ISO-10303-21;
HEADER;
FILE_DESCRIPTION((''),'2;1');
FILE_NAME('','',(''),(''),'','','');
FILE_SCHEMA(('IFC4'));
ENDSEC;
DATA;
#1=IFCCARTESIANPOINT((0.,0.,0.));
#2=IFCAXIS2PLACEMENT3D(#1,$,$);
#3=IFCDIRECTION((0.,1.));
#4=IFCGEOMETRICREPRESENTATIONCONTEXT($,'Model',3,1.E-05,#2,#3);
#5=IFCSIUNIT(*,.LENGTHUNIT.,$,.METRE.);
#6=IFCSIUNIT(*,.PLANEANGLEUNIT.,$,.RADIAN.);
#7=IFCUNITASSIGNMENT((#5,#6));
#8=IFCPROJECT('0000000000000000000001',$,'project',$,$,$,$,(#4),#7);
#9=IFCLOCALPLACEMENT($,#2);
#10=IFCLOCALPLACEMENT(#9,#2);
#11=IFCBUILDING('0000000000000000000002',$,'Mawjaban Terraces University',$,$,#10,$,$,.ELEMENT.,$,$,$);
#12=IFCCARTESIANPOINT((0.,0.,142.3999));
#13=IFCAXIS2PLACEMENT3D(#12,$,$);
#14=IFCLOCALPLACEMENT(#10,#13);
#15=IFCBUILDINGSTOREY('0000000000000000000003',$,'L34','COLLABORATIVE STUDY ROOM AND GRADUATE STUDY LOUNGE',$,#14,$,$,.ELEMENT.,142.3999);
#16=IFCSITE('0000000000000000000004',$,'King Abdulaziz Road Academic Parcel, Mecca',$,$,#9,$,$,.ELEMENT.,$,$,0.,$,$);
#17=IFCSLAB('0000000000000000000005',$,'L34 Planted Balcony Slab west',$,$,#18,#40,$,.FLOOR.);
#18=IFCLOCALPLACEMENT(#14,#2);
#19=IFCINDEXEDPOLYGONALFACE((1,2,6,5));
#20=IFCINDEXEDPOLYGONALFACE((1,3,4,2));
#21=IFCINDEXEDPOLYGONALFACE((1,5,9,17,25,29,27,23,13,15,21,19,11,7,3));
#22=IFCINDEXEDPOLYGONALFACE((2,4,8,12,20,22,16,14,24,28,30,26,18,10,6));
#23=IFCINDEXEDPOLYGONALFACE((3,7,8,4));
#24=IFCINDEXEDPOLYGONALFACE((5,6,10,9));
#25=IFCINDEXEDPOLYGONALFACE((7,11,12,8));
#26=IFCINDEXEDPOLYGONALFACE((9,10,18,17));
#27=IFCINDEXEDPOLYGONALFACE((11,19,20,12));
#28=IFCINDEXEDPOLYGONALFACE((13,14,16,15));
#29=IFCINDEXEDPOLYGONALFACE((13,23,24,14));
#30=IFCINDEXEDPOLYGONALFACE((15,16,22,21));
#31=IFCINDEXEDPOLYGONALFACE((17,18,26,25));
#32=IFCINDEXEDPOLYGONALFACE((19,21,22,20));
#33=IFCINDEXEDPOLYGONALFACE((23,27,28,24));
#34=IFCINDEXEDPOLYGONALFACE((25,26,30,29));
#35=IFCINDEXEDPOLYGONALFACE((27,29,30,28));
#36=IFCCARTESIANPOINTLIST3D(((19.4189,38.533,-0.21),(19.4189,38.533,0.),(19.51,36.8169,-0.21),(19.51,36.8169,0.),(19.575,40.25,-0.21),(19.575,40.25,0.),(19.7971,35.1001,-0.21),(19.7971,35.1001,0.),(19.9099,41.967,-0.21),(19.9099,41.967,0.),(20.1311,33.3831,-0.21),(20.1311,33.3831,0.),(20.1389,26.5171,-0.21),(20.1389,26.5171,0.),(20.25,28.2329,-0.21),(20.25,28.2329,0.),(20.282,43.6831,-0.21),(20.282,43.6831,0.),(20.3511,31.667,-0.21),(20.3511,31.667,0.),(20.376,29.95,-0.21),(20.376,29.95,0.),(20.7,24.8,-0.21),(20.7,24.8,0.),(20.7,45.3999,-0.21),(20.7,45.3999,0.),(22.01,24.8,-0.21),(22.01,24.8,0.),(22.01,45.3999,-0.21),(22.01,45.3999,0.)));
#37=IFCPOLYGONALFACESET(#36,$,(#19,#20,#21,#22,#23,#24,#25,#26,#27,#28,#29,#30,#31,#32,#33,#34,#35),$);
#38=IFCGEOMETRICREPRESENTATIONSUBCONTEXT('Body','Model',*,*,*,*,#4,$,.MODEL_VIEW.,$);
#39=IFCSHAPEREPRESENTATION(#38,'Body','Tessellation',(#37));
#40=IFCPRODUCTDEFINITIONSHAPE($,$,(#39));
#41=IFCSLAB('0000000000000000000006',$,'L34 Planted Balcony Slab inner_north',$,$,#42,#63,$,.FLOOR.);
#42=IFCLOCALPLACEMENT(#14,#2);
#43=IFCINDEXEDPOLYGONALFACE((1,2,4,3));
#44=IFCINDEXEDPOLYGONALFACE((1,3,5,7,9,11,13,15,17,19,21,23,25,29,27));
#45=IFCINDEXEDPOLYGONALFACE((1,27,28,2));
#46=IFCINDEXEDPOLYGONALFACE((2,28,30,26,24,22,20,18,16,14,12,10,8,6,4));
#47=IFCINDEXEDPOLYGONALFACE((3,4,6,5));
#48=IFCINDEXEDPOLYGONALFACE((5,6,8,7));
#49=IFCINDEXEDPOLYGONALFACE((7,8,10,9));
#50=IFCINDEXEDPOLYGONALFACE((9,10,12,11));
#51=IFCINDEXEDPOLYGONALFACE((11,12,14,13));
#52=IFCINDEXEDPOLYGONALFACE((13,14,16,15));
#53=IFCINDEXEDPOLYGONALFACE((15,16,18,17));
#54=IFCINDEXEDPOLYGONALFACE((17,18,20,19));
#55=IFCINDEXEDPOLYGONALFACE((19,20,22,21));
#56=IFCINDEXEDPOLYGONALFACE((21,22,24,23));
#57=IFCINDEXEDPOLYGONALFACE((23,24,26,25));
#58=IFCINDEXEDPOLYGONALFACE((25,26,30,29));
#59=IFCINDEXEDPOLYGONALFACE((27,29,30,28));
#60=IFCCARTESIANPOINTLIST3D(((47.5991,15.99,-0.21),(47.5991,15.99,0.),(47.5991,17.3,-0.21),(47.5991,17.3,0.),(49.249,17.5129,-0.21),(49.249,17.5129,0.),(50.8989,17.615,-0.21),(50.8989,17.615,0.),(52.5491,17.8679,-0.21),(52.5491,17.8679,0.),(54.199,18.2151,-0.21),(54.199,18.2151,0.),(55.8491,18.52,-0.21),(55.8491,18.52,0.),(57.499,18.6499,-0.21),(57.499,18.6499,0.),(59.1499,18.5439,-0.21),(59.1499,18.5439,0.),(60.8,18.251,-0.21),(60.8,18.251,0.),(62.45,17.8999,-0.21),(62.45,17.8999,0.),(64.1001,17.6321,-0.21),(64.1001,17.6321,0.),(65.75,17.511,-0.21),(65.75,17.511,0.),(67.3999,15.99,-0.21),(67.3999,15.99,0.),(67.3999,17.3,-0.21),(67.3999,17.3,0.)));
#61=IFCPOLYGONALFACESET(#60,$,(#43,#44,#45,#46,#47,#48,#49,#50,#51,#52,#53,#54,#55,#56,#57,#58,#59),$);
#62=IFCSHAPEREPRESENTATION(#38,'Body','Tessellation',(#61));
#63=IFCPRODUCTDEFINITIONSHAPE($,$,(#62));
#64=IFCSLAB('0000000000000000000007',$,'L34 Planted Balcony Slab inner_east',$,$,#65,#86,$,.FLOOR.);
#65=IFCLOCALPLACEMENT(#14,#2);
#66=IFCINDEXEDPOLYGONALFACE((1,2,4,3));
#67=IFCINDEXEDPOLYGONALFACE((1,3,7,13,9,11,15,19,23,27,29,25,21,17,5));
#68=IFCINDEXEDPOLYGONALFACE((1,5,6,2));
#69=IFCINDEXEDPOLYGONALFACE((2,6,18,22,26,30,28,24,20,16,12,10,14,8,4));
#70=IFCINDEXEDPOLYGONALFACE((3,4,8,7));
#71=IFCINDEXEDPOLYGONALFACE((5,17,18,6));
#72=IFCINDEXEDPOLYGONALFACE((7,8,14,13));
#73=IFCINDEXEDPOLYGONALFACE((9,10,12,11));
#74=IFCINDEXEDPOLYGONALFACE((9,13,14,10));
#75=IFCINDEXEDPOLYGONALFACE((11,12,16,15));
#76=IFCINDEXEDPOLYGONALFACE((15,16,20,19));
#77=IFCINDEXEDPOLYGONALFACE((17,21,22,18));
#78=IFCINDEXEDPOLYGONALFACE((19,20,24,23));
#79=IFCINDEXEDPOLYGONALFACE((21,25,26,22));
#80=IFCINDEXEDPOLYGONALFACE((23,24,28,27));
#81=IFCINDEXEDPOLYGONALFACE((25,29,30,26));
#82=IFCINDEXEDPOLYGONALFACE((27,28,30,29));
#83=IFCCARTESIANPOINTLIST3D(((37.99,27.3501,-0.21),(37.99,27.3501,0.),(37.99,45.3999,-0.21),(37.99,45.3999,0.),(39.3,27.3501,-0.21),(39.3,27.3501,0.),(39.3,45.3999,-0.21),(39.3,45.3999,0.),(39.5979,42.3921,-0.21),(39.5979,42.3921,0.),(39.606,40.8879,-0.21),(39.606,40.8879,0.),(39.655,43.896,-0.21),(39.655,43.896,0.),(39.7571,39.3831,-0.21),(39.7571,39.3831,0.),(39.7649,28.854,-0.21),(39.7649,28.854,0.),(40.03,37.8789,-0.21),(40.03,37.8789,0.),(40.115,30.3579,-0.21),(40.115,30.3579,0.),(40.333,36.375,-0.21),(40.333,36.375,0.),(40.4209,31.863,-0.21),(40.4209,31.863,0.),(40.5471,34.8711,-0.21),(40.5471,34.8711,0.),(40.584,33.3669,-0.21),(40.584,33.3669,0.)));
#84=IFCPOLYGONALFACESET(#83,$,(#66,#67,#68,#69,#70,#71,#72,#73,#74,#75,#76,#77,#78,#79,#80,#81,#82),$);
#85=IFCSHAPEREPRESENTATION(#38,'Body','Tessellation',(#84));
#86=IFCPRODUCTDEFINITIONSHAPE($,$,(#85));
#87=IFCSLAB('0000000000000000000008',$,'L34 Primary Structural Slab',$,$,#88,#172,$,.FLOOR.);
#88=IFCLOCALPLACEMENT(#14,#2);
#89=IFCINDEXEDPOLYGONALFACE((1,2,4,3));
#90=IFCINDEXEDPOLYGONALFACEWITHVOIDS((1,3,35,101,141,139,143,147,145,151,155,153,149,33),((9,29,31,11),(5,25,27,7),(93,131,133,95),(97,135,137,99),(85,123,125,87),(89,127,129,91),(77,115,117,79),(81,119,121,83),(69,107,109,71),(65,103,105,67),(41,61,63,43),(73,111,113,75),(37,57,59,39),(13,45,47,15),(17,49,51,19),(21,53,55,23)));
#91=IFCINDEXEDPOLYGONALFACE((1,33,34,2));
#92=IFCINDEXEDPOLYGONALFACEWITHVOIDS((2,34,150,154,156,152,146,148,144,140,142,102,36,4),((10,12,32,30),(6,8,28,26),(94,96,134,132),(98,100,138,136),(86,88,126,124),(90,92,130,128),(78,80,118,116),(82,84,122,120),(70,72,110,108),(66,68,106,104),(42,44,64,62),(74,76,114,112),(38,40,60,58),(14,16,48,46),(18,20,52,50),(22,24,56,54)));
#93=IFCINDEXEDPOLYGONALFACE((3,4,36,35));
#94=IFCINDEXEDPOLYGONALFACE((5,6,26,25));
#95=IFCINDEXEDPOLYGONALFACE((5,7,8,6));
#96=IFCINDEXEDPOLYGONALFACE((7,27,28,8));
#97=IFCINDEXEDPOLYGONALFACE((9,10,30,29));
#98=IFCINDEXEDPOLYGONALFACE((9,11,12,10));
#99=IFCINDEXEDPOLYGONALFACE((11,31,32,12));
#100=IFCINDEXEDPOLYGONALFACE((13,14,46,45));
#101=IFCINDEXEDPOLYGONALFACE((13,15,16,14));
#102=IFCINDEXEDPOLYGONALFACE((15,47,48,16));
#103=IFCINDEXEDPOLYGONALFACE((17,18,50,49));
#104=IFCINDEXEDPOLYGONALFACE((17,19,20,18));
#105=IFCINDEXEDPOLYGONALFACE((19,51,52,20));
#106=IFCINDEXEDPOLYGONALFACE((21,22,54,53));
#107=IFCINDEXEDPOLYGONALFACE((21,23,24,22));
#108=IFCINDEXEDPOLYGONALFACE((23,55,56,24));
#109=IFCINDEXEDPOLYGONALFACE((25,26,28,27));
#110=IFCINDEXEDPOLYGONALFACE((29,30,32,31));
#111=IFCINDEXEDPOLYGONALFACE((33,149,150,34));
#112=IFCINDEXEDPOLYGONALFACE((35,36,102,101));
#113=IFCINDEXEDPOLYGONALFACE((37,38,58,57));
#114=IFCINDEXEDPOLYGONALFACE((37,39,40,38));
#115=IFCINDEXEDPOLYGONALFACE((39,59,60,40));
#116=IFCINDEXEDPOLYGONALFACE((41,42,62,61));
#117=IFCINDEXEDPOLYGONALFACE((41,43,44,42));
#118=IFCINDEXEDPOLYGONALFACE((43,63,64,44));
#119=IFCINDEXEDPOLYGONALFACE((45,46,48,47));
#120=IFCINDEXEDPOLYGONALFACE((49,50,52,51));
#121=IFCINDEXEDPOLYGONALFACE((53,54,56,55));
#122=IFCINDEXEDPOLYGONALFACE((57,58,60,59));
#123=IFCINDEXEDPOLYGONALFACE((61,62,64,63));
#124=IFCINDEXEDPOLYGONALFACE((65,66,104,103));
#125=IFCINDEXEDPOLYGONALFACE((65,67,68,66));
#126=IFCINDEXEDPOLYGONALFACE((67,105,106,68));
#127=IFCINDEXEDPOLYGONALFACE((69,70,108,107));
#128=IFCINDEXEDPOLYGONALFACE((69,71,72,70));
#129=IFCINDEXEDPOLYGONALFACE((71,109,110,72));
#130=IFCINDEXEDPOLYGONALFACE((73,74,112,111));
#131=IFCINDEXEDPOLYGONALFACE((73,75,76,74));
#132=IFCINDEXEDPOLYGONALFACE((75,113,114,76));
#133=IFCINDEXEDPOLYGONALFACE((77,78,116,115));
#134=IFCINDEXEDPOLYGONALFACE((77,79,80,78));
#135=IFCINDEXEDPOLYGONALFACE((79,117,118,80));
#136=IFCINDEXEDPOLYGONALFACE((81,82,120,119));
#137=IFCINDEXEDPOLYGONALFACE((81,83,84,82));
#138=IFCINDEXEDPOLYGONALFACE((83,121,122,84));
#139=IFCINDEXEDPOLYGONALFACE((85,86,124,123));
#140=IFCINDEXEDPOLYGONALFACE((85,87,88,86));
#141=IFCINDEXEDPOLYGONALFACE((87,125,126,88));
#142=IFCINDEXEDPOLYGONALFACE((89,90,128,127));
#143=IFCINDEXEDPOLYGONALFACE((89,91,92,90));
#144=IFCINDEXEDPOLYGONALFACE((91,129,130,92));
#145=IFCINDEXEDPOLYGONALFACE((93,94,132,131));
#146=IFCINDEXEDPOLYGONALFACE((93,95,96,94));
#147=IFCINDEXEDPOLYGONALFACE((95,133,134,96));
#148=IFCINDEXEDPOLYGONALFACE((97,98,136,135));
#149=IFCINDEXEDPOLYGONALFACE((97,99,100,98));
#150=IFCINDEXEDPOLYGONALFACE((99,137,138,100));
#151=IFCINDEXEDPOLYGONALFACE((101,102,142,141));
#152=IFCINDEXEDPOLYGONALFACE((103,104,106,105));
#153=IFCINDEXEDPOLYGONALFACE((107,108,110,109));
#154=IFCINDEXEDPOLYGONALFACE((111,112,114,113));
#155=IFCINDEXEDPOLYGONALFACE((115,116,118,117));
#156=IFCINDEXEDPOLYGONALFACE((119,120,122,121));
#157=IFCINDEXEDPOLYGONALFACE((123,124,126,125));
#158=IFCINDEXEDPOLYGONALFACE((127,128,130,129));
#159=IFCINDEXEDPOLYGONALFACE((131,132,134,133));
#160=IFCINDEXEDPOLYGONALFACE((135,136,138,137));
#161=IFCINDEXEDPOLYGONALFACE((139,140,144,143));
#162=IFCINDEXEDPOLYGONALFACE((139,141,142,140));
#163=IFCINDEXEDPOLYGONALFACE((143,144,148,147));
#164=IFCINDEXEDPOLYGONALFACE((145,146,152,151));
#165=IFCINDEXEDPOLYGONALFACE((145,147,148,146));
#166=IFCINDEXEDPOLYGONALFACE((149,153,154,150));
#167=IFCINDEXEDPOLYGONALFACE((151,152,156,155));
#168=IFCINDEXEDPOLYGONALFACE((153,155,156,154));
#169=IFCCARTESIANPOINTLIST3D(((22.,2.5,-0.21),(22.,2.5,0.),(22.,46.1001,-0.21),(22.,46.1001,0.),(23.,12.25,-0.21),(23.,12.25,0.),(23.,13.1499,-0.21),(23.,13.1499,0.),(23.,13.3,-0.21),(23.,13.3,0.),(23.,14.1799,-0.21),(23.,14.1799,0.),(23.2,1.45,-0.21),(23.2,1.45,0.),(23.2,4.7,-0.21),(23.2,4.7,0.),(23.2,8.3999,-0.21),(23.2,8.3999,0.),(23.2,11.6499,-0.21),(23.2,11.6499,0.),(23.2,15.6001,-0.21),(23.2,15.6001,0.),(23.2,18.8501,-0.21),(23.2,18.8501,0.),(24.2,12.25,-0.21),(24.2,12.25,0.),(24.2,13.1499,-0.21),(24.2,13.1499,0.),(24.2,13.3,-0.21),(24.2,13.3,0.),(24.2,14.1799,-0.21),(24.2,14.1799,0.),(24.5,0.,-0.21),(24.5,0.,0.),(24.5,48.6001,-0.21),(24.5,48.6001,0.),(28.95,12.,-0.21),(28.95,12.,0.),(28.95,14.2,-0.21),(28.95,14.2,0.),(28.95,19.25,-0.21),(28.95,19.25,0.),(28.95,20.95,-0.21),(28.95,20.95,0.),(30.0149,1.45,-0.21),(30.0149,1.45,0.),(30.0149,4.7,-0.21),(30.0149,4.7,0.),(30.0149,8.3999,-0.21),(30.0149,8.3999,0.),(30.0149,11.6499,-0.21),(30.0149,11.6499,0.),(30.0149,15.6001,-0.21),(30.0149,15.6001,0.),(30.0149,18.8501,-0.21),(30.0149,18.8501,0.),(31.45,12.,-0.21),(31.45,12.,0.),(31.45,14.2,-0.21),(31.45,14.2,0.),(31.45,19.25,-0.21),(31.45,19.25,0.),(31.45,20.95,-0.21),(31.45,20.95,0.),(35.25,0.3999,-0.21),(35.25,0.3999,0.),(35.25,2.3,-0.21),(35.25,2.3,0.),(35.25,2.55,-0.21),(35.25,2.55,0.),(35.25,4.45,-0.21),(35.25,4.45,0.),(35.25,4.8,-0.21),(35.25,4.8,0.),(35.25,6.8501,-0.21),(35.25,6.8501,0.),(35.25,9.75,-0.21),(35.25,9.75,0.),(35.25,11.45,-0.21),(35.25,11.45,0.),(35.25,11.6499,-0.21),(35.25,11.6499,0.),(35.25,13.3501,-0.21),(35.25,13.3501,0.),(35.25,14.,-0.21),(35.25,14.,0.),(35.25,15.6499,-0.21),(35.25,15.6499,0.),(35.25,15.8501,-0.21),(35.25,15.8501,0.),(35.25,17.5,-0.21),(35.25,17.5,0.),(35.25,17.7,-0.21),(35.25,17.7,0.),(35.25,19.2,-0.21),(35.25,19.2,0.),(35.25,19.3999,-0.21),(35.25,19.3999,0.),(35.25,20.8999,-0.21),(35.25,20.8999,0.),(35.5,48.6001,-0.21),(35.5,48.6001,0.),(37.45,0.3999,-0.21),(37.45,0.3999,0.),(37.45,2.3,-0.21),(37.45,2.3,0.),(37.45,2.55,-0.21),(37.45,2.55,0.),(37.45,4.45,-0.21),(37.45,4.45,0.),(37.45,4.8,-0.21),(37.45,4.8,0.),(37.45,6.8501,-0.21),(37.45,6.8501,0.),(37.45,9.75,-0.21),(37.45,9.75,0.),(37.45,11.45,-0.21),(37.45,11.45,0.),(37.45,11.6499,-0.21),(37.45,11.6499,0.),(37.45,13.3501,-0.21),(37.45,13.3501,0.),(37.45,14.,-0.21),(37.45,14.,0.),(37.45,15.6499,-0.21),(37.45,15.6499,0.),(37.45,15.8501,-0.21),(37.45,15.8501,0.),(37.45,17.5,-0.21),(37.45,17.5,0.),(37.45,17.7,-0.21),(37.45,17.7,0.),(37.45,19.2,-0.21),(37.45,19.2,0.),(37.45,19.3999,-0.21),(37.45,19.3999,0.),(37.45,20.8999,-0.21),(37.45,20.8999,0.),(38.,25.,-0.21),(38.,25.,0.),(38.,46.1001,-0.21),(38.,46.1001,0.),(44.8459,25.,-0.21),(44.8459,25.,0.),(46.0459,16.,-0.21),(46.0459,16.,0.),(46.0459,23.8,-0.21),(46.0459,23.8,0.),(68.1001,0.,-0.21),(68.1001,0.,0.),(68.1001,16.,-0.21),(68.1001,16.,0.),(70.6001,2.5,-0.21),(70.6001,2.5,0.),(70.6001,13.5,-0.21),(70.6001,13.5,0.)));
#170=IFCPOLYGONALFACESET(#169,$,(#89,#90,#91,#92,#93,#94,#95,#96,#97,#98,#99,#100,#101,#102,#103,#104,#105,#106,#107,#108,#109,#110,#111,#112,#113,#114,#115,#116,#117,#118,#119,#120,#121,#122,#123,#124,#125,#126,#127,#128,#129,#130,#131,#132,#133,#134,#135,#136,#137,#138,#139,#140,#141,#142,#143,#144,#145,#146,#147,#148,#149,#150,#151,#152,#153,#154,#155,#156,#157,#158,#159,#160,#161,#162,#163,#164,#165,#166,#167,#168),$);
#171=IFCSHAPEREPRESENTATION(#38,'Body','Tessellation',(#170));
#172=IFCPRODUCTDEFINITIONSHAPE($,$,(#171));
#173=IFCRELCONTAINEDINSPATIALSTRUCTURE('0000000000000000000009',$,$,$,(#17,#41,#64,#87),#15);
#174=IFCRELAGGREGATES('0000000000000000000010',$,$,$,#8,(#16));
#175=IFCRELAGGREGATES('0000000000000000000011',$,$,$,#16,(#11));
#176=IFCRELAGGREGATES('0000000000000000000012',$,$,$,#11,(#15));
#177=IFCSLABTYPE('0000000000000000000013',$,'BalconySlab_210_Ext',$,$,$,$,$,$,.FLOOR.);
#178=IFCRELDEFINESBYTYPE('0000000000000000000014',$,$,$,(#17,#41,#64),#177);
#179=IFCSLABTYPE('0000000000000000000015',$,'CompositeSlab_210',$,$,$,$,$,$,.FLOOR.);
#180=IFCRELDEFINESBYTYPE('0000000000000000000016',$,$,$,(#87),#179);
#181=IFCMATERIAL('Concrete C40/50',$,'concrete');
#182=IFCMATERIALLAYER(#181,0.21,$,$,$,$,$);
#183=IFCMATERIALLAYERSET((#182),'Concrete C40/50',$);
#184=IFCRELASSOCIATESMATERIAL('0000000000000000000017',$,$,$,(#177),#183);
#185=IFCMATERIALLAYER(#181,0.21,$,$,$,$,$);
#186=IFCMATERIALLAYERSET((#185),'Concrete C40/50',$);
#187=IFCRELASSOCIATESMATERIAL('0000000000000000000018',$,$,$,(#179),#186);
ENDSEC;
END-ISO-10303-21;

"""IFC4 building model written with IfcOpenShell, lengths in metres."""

from ifc_helpers import new_model, si_unit, direction, frame, origin, place, context, subcontext, project, spatial, polyline, outline, extrude, material, layer, layer_set, type_object, element, save


model = new_model("IFC4")

# Units and contexts
model_context = context("Model", 3, precision=1e-05, world=origin(), true_north=direction((0.0, 1.0)))
body_context = subcontext(model_context, "Body", "Model", "MODEL_VIEW")
ifc_project = project(units=[si_unit("LENGTHUNIT", "METRE"), si_unit("PLANEANGLEUNIT", "RADIAN")], contexts=[model_context])

# Site, building, storey
site_placement = place(None, origin())
site = spatial("IfcSite", under=ifc_project, at=site_placement, Name="King Abdulaziz Road Academic Parcel, Mecca", CompositionType="ELEMENT", RefElevation=0.0)
building_placement = place(site_placement, origin())
building = spatial("IfcBuilding", under=site, at=building_placement, Name="Mawjaban Terraces University", CompositionType="ELEMENT")
storey_placement = place(building_placement, frame((0.0, 0.0, 142.3999)))
storey = spatial("IfcBuildingStorey", under=building, at=storey_placement, Name="L34", Description="COLLABORATIVE STUDY ROOM AND GRADUATE STUDY LOUNGE", CompositionType="ELEMENT", Elevation=142.3999)

# Slabs
ifc_material_1 = material(Name="Concrete C40/50", Category="concrete")
ifc_layer_1 = layer(ifc_material_1, 0.21)
ifc_layer_set_1 = layer_set([ifc_layer_1], Name="Concrete C40/50")
slab_type_1 = type_object("IfcSlabType", Name="BalconySlab_210_Ext", PredefinedType="FLOOR", material=ifc_layer_set_1)
slab_1_placement = place(storey_placement, frame((0.0, 0.0, -0.21)))
element("IfcSlab", 1, at=slab_1_placement, inside=storey, type_object=slab_type_1, Name="L34 Planted Balcony Slab west", PredefinedType="FLOOR", context=body_context, shape_type="SweptSolid", body=[
    extrude(outline(polyline([(22.01, 24.8), (22.01, 45.3999), (20.7, 45.3999), (20.282, 43.6831), (19.9099, 41.967), (19.575, 40.25), (19.4189, 38.533), (19.51, 36.8169), (19.7971, 35.1001), (20.1311, 33.3831), (20.3511, 31.667), (20.376, 29.95), (20.25, 28.2329), (20.1389, 26.5171), (20.7, 24.8), (22.01, 24.8)])), origin(), (0.0, 0.0, 1.0), 0.21),
])
slab_2_placement = place(storey_placement, frame((0.0, 0.0, -0.21)))
element("IfcSlab", 2, at=slab_2_placement, inside=storey, type_object=slab_type_1, Name="L34 Planted Balcony Slab inner_north", PredefinedType="FLOOR", context=body_context, shape_type="SweptSolid", body=[
    extrude(outline(polyline([(47.5991, 15.99), (67.3999, 15.99), (67.3999, 17.3), (65.75, 17.511), (64.1001, 17.6321), (62.45, 17.8999), (60.8, 18.251), (59.1499, 18.5439), (57.499, 18.6499), (55.8491, 18.52), (54.199, 18.2151), (52.5491, 17.8679), (50.8989, 17.615), (49.249, 17.5129), (47.5991, 17.3), (47.5991, 15.99)])), origin(), (0.0, 0.0, 1.0), 0.21),
])
slab_3_placement = place(storey_placement, frame((0.0, 0.0, -0.21)))
element("IfcSlab", 3, at=slab_3_placement, inside=storey, type_object=slab_type_1, Name="L34 Planted Balcony Slab inner_east", PredefinedType="FLOOR", context=body_context, shape_type="SweptSolid", body=[
    extrude(outline(polyline([(39.3, 27.3501), (39.7649, 28.854), (40.115, 30.3579), (40.4209, 31.863), (40.584, 33.3669), (40.5471, 34.8711), (40.333, 36.375), (40.03, 37.8789), (39.7571, 39.3831), (39.606, 40.8879), (39.5979, 42.3921), (39.655, 43.896), (39.3, 45.3999), (37.99, 45.3999), (37.99, 27.3501), (39.3, 27.3501)])), origin(), (0.0, 0.0, 1.0), 0.21),
])
ifc_layer_2 = layer(ifc_material_1, 0.21)
ifc_layer_set_2 = layer_set([ifc_layer_2], Name="Concrete C40/50")
slab_type_2 = type_object("IfcSlabType", Name="CompositeSlab_210", PredefinedType="FLOOR", material=ifc_layer_set_2)
slab_4_placement = place(storey_placement, frame((0.0, 0.0, -0.21)))
element("IfcSlab", 4, at=slab_4_placement, inside=storey, type_object=slab_type_2, Name="L34 Primary Structural Slab", PredefinedType="FLOOR", context=body_context, shape_type="SweptSolid", body=[
    extrude(outline(polyline([(24.5, 0.0), (68.1001, 0.0), (70.6001, 2.5), (70.6001, 13.5), (68.1001, 16.0), (46.0459, 16.0), (46.0459, 23.8), (44.8459, 25.0), (38.0, 25.0), (38.0, 46.1001), (35.5, 48.6001), (24.5, 48.6001), (22.0, 46.1001), (22.0, 2.5), (24.5, 0.0)]), holes=[polyline([(30.0149, 4.7), (23.2, 4.7), (23.2, 1.45), (30.0149, 1.45), (30.0149, 4.7)]), polyline([(30.0149, 18.8501), (23.2, 18.8501), (23.2, 15.6001), (30.0149, 15.6001), (30.0149, 18.8501)]), polyline([(30.0149, 11.6499), (23.2, 11.6499), (23.2, 8.3999), (30.0149, 8.3999), (30.0149, 11.6499)]), polyline([(35.25, 0.3999), (37.45, 0.3999), (37.45, 2.3), (35.25, 2.3), (35.25, 0.3999)]), polyline([(35.25, 2.55), (37.45, 2.55), (37.45, 4.45), (35.25, 4.45), (35.25, 2.55)]), polyline([(35.25, 4.8), (37.45, 4.8), (37.45, 6.8501), (35.25, 6.8501), (35.25, 4.8)]), polyline([(35.25, 9.75), (37.45, 9.75), (37.45, 11.45), (35.25, 11.45), (35.25, 9.75)]), polyline([(35.25, 11.6499), (37.45, 11.6499), (37.45, 13.3501), (35.25, 13.3501), (35.25, 11.6499)]), polyline([(28.95, 12.0), (31.45, 12.0), (31.45, 14.2), (28.95, 14.2), (28.95, 12.0)]), polyline([(35.25, 14.0), (37.45, 14.0), (37.45, 15.6499), (35.25, 15.6499), (35.25, 14.0)]), polyline([(35.25, 15.8501), (37.45, 15.8501), (37.45, 17.5), (35.25, 17.5), (35.25, 15.8501)]), polyline([(35.25, 17.7), (37.45, 17.7), (37.45, 19.2), (35.25, 19.2), (35.25, 17.7)]), polyline([(35.25, 19.3999), (37.45, 19.3999), (37.45, 20.8999), (35.25, 20.8999), (35.25, 19.3999)]), polyline([(28.95, 19.25), (31.45, 19.25), (31.45, 20.95), (28.95, 20.95), (28.95, 19.25)]), polyline([(23.0, 12.25), (24.2, 12.25), (24.2, 13.1499), (23.0, 13.1499), (23.0, 12.25)]), polyline([(23.0, 13.3), (24.2, 13.3), (24.2, 14.1799), (23.0, 14.1799), (23.0, 13.3)])]), origin(), (0.0, 0.0, 1.0), 0.21),
])

save(model, "model.ifc")
